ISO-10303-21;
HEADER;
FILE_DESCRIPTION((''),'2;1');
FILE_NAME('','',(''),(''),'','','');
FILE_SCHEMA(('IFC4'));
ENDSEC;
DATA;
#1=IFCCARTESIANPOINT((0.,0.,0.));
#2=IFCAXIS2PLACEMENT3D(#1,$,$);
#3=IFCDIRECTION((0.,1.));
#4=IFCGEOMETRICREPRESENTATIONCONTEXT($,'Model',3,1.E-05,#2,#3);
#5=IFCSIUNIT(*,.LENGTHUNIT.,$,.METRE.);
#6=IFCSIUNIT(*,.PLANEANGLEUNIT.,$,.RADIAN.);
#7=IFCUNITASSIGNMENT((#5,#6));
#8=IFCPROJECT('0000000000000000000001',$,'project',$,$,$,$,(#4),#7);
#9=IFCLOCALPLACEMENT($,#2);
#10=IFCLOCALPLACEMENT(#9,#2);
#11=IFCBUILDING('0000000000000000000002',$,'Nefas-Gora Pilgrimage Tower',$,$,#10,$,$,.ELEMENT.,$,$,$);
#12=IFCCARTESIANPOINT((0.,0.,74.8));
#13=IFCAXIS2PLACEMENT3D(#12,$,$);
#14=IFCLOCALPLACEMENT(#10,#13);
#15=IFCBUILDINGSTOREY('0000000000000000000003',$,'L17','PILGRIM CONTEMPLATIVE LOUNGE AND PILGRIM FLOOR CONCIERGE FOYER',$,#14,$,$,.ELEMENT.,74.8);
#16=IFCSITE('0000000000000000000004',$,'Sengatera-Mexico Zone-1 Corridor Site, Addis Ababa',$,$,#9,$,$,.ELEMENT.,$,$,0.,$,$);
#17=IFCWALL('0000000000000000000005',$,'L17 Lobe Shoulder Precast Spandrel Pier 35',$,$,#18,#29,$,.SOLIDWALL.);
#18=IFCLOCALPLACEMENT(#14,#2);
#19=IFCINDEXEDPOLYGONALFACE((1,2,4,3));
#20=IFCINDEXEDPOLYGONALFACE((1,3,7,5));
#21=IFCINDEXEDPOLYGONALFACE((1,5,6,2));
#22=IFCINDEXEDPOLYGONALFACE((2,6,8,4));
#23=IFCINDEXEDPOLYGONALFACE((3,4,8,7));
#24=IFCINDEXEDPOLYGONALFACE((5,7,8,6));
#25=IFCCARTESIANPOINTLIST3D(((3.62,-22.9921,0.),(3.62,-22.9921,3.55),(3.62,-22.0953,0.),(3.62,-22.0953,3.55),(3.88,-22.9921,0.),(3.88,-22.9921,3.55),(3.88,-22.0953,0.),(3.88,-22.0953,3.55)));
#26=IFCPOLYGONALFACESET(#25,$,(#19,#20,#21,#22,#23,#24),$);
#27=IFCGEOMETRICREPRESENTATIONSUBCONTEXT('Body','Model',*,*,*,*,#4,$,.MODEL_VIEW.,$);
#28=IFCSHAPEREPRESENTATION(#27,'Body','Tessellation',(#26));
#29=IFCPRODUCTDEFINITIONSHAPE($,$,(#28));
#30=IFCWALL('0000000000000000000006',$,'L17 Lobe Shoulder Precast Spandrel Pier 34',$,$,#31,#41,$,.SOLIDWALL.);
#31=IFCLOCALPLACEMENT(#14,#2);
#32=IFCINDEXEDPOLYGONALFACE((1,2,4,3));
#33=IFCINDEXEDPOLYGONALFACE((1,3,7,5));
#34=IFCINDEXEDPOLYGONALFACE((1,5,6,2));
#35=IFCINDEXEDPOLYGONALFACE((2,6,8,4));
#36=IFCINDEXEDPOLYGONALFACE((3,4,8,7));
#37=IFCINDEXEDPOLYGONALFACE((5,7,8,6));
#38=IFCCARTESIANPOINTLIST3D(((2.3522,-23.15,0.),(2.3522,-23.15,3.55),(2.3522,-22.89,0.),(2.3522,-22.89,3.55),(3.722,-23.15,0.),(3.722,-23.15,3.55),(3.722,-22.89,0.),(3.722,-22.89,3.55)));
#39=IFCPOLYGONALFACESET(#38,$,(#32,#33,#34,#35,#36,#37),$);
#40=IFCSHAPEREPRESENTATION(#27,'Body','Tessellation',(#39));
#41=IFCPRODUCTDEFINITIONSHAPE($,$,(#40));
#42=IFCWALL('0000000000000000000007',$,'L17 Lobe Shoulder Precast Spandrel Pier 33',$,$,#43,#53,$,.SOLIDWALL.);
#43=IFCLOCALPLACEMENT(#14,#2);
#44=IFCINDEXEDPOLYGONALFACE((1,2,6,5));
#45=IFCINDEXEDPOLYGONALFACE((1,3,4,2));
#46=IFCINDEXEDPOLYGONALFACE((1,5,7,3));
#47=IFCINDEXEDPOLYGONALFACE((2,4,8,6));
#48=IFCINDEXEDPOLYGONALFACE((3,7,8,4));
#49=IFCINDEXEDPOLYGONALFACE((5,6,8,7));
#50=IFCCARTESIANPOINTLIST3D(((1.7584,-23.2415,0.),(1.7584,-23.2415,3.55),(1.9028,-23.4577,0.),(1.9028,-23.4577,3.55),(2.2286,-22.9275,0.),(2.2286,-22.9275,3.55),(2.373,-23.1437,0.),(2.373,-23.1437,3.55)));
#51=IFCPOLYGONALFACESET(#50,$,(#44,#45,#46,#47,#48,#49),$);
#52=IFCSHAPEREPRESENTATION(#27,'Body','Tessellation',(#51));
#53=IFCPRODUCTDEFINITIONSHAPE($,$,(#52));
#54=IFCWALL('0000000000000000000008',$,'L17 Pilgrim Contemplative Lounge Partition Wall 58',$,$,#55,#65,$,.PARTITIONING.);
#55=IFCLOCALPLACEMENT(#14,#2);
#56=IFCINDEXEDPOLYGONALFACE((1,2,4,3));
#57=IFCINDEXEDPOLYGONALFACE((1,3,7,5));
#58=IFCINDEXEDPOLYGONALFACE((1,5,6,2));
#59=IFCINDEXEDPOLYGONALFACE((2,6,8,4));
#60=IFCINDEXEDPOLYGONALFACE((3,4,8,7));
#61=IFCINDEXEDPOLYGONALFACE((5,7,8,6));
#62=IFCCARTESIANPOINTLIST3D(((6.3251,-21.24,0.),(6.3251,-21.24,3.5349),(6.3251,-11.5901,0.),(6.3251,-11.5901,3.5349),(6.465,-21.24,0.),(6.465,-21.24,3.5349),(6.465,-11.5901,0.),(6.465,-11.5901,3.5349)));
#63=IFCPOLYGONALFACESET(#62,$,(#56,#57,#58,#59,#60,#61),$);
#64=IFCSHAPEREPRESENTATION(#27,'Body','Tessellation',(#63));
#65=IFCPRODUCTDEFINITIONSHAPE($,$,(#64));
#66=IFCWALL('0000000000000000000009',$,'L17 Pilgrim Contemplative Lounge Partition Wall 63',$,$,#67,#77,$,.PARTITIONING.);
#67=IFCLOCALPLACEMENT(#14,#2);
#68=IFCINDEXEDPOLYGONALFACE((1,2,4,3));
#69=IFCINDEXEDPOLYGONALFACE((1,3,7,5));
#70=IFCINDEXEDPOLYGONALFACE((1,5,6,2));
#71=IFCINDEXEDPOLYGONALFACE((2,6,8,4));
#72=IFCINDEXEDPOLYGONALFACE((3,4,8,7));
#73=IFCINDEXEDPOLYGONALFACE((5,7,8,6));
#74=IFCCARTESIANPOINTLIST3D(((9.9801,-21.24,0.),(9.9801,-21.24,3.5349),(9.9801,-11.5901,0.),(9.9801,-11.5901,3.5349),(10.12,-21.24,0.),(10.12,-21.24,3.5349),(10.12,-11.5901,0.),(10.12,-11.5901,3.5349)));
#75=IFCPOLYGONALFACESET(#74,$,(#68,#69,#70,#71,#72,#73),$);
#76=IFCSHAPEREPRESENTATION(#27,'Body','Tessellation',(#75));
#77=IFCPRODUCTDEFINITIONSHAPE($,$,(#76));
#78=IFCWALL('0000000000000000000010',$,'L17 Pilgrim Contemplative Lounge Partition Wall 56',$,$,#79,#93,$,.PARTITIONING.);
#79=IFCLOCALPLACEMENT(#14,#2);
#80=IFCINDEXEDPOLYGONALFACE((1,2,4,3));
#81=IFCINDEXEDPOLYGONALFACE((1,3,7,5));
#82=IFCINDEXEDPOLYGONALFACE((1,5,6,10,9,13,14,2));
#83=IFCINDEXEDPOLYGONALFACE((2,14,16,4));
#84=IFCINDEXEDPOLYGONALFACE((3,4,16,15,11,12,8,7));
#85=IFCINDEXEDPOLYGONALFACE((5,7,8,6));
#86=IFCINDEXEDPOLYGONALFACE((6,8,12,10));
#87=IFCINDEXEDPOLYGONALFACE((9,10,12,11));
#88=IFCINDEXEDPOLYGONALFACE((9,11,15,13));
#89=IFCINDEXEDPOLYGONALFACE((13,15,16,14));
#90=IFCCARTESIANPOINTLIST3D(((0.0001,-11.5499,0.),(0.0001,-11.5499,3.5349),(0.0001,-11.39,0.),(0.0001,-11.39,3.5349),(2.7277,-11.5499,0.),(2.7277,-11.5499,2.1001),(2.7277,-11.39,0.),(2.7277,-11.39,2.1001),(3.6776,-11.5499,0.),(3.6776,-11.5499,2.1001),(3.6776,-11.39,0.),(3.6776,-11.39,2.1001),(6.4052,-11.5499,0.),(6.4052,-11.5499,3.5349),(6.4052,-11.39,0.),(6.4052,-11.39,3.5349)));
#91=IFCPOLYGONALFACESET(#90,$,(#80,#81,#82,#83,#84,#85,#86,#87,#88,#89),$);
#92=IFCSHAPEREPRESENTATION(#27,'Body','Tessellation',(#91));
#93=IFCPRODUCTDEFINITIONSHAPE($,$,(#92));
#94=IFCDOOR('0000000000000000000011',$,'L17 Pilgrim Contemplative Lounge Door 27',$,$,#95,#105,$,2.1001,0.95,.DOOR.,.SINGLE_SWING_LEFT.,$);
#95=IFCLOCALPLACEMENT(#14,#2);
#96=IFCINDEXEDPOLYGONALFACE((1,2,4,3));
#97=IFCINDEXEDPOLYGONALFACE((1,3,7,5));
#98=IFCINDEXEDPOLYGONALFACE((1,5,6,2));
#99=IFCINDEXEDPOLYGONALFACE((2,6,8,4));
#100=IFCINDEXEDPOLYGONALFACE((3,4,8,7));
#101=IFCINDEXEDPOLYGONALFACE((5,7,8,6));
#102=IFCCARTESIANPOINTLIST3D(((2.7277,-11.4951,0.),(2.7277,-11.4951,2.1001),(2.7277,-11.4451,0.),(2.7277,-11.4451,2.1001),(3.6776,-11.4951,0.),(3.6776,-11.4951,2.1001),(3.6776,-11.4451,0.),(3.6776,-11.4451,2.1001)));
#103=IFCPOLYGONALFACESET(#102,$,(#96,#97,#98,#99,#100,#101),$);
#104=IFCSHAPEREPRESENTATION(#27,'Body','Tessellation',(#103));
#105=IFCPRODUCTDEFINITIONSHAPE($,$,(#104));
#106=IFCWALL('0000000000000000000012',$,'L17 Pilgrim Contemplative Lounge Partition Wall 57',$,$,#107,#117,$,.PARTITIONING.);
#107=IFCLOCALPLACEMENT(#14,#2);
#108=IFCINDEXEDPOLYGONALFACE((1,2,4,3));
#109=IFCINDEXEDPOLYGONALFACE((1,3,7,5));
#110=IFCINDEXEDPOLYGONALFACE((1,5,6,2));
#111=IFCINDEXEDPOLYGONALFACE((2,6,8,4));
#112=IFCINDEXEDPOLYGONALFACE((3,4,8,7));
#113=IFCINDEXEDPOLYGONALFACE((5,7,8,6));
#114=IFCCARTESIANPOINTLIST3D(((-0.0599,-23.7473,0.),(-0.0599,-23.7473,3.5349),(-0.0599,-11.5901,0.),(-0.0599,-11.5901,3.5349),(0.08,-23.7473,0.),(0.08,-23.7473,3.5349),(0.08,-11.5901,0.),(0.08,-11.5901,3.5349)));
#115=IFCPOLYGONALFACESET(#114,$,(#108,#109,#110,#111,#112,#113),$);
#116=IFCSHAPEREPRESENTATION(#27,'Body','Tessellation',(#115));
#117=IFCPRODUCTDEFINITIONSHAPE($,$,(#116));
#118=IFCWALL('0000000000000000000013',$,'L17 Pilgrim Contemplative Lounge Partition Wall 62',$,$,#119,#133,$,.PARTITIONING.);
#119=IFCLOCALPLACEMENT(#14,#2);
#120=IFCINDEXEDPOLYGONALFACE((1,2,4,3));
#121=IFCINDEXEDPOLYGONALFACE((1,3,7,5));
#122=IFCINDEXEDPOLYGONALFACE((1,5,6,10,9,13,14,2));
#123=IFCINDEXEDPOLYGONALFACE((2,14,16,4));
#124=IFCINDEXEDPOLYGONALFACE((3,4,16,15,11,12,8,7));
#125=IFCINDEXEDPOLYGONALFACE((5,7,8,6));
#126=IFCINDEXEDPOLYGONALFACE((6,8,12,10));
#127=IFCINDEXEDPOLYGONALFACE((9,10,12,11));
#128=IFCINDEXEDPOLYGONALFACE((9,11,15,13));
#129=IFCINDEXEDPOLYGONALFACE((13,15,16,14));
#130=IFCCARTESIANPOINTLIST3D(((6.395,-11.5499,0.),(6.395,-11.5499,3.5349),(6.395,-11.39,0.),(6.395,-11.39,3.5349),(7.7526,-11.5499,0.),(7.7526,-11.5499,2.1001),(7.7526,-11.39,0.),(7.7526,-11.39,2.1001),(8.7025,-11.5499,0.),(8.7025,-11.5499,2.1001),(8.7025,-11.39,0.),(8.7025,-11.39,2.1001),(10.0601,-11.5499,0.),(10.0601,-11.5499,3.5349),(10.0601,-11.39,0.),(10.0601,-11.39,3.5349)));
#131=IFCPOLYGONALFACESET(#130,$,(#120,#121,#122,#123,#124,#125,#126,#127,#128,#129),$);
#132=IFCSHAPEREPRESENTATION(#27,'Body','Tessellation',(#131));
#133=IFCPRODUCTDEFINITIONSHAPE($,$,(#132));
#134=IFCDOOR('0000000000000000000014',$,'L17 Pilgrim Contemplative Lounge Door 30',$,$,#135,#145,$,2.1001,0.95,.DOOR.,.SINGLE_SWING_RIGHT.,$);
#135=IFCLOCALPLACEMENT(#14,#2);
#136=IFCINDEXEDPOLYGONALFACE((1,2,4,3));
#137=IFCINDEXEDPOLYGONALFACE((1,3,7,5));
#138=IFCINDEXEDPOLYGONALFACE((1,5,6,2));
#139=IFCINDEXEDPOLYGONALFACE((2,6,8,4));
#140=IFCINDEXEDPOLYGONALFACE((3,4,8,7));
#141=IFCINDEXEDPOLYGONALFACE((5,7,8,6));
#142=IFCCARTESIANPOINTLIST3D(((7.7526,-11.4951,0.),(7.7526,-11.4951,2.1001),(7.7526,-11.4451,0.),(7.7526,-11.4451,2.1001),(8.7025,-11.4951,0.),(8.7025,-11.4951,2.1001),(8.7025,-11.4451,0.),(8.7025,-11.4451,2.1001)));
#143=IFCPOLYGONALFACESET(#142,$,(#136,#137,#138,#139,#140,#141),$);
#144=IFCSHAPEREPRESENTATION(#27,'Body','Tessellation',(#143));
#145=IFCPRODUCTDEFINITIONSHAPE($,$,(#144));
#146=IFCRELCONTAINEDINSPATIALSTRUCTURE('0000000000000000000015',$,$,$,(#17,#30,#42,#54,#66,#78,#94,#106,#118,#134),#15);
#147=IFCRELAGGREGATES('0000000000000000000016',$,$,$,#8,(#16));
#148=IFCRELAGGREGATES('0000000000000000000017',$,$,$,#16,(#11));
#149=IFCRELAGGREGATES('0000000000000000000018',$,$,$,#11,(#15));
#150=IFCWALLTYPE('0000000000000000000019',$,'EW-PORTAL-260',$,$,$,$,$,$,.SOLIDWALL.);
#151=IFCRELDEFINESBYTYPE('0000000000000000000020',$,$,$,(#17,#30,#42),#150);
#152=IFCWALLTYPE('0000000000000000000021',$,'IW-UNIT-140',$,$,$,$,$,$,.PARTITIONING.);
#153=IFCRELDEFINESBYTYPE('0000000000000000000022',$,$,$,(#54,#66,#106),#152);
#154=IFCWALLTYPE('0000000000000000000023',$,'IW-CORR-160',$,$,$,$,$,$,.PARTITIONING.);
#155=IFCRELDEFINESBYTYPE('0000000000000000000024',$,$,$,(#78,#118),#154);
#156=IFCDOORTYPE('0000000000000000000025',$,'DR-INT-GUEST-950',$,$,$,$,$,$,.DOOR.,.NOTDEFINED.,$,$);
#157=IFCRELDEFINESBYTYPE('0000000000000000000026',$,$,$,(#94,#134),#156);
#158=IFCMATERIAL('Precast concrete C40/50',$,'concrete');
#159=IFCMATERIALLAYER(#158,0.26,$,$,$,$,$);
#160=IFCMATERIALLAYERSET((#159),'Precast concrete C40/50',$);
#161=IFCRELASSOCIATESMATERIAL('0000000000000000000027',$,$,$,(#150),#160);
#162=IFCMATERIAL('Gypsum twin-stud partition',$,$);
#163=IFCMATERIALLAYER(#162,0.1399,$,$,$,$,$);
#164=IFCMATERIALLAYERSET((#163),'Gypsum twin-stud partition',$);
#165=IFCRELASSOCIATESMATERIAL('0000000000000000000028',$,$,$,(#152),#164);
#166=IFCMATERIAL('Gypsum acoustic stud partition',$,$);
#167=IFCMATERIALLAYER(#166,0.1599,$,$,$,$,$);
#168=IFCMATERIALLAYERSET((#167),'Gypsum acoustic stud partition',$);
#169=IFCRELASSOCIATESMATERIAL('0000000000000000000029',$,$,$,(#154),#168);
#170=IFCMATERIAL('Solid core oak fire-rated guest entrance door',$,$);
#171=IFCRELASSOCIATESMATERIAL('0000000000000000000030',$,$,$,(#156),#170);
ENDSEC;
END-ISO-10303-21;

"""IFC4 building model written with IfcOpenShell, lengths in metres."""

from ifc_helpers import new_model, si_unit, direction, frame, frame_2d, origin, place, context, subcontext, project, spatial, rectangle, extrude, source, transform, mapped, material, layer, layer_set, type_object, element, fill, save


model = new_model("IFC4")

# Units and contexts
model_context = context("Model", 3, precision=1e-05, world=origin(), true_north=direction((0.0, 1.0)))
body_context = subcontext(model_context, "Body", "Model", "MODEL_VIEW")
ifc_project = project(units=[si_unit("LENGTHUNIT", "METRE"), si_unit("PLANEANGLEUNIT", "RADIAN")], contexts=[model_context])

# Site, building, storey
site_placement = place(None, origin())
site = spatial("IfcSite", under=ifc_project, at=site_placement, Name="Sengatera-Mexico Zone-1 Corridor Site, Addis Ababa", CompositionType="ELEMENT", RefElevation=0.0)
building_placement = place(site_placement, origin())
building = spatial("IfcBuilding", under=site, at=building_placement, Name="Nefas-Gora Pilgrimage Tower", CompositionType="ELEMENT")
storey_placement = place(building_placement, frame((0.0, 0.0, 74.8)))
storey = spatial("IfcBuildingStorey", under=building, at=storey_placement, Name="L17", Description="PILGRIM CONTEMPLATIVE LOUNGE AND PILGRIM FLOOR CONCIERGE FOYER", CompositionType="ELEMENT", Elevation=74.8)

# Walls
ifc_material_1 = material(Name="Precast concrete C40/50", Category="concrete")
ifc_layer_1 = layer(ifc_material_1, 0.26)
ifc_layer_set_1 = layer_set([ifc_layer_1], Name="Precast concrete C40/50")
wall_type_1 = type_object("IfcWallType", Name="EW-PORTAL-260", PredefinedType="SOLIDWALL", material=ifc_layer_set_1)
shared_shape_1 = source(origin(), body_context, "Body", "SweptSolid", [
    extrude(rectangle(XDim=0.8967, YDim=0.26, at=frame_2d((0.4482, 0.0))), origin(), (0.0, 0.0, 1.0), 3.55),
])
wall_1_placement = place(storey_placement, frame((3.75, -22.9919, 0.0), z_axis=(0.0, 0.0, 1.0), x_axis=(0.0, 1.0, 0.0)))
element("IfcWall", 1, at=wall_1_placement, inside=storey, type_object=wall_type_1, Name="L17 Lobe Shoulder Precast Spandrel Pier 35", PredefinedType="SOLIDWALL", context=body_context, shape_type="MappedRepresentation", body=[
    mapped(shared_shape_1, transform((0.0, 0.0, 0.0), x_axis=(1.0, 0.0, 0.0), y_axis=(0.0, 1.0, 0.0), z_axis=(0.0, 0.0, 1.0), scale=1.0)),
])
shared_shape_2 = source(origin(), body_context, "Body", "SweptSolid", [
    extrude(rectangle(XDim=1.3699, YDim=0.26, at=frame_2d((0.6851, 0.0))), origin(), (0.0, 0.0, 1.0), 3.55),
])
wall_2_placement = place(storey_placement, frame((2.3521, -23.02, 0.0), z_axis=(0.0, 0.0, 1.0), x_axis=(1.0, 0.0, 0.0)))
element("IfcWall", 2, at=wall_2_placement, inside=storey, type_object=wall_type_1, Name="L17 Lobe Shoulder Precast Spandrel Pier 34", PredefinedType="SOLIDWALL", context=body_context, shape_type="MappedRepresentation", body=[
    mapped(shared_shape_2, transform((0.0, 0.0, 0.0), x_axis=(1.0, 0.0, 0.0), y_axis=(0.0, 1.0, 0.0), z_axis=(0.0, 0.0, 1.0), scale=1.0)),
])
shared_shape_3 = source(origin(), body_context, "Body", "SweptSolid", [
    extrude(rectangle(XDim=0.5654, YDim=0.26, at=frame_2d((0.2827, 0.0))), origin(), (0.0, 0.0, 1.0), 3.55),
])
wall_3_placement = place(storey_placement, frame((1.8306, -23.3496, 0.0), z_axis=(0.0, 0.0, 1.0), x_axis=(0.831651, 0.555298, 0.0)))
element("IfcWall", 3, at=wall_3_placement, inside=storey, type_object=wall_type_1, Name="L17 Lobe Shoulder Precast Spandrel Pier 33", PredefinedType="SOLIDWALL", context=body_context, shape_type="MappedRepresentation", body=[
    mapped(shared_shape_3, transform((0.0, 0.0, 0.0), x_axis=(1.0, 0.0, 0.0), y_axis=(0.0, 1.0, 0.0), z_axis=(0.0, 0.0, 1.0), scale=1.0)),
])
ifc_material_2 = material(Name="Gypsum twin-stud partition")
ifc_layer_2 = layer(ifc_material_2, 0.1399)
ifc_layer_set_2 = layer_set([ifc_layer_2], Name="Gypsum twin-stud partition")
wall_type_2 = type_object("IfcWallType", Name="IW-UNIT-140", PredefinedType="PARTITIONING", material=ifc_layer_set_2)
shared_shape_4 = source(origin(), body_context, "Body", "SweptSolid", [
    extrude(rectangle(XDim=9.6499, YDim=0.1399, at=frame_2d((4.825, 0.0))), origin(), (0.0, 0.0, 1.0), 3.5349),
])
for number, where, z_axis, x_axis, name in (
    (4, (6.395, -21.24, 0.0), (0.0, 0.0, 1.0), (0.0, 1.0, 0.0), "L17 Pilgrim Contemplative Lounge Partition Wall 58"),
    (5, (10.05, -21.24, 0.0), (0.0, 0.0, 1.0), (0.0, 1.0, 0.0), "L17 Pilgrim Contemplative Lounge Partition Wall 63"),
):
    element("IfcWall", number, at=place(storey_placement, frame(where, z_axis=z_axis, x_axis=x_axis)), inside=storey, type_object=wall_type_2, Name=name, PredefinedType="PARTITIONING", context=body_context, shape_type="MappedRepresentation", body=[
        mapped(shared_shape_4, transform((0.0, 0.0, 0.0), x_axis=(1.0, 0.0, 0.0), y_axis=(0.0, 1.0, 0.0), z_axis=(0.0, 0.0, 1.0), scale=1.0)),
    ])

# Wall, opening, door
ifc_material_3 = material(Name="Gypsum acoustic stud partition")
ifc_layer_3 = layer(ifc_material_3, 0.1599)
ifc_layer_set_3 = layer_set([ifc_layer_3], Name="Gypsum acoustic stud partition")
wall_type_3 = type_object("IfcWallType", Name="IW-CORR-160", PredefinedType="PARTITIONING", material=ifc_layer_set_3)
shared_shape_5 = source(origin(), body_context, "Body", "SweptSolid", [
    extrude(rectangle(XDim=6.405, YDim=0.1599, at=frame_2d((3.2026, 0.0))), origin(), (0.0, 0.0, 1.0), 3.5349),
])
wall_4_placement = place(storey_placement, frame((0.0, -11.47, 0.0), z_axis=(0.0, 0.0, 1.0), x_axis=(1.0, 0.0, 0.0)))
wall_4 = element("IfcWall", 6, at=wall_4_placement, inside=storey, type_object=wall_type_3, Name="L17 Pilgrim Contemplative Lounge Partition Wall 56", PredefinedType="PARTITIONING", context=body_context, shape_type="MappedRepresentation", body=[
    mapped(shared_shape_5, transform((0.0, 0.0, 0.0), x_axis=(1.0, 0.0, 0.0), y_axis=(0.0, 1.0, 0.0), z_axis=(0.0, 0.0, 1.0), scale=1.0)),
])
opening_1_placement = place(wall_4_placement, frame((2.7275, 0.0, 0.0)))
opening_1 = element("IfcOpeningElement", 7, at=opening_1_placement, cuts=wall_4, PredefinedType="OPENING", context=body_context, shape_type="SweptSolid", body=[
    extrude(rectangle(XDim=0.95, YDim=2.1001, at=frame_2d((0.4751, 1.05))), frame((0.0, 0.0898, 0.0), z_axis=(0.0, -1.0, 0.0), x_axis=(1.0, 0.0, 0.0)), (0.0, 0.0, 1.0), 0.1799),
])
ifc_material_4 = material(Name="Solid core oak fire-rated guest entrance door")
door_type = type_object("IfcDoorType", Name="DR-INT-GUEST-950", OperationType="NOTDEFINED", PredefinedType="DOOR", material=ifc_material_4)
shared_shape_6 = source(origin(), body_context, "Body", "SweptSolid", [
    extrude(rectangle(XDim=0.95, YDim=2.1001, at=frame_2d((0.4751, 1.05))), frame((0.0, 0.0249, 0.0), z_axis=(0.0, -1.0, 0.0), x_axis=(1.0, 0.0, 0.0)), (0.0, 0.0, 1.0), 0.05),
])
door_1_placement = place(opening_1_placement, origin())
door_1 = element("IfcDoor", 8, at=door_1_placement, inside=storey, type_object=door_type, Name="L17 Pilgrim Contemplative Lounge Door 27", OperationType="SINGLE_SWING_LEFT", OverallHeight=2.1001, OverallWidth=0.95, PredefinedType="DOOR", context=body_context, shape_type="MappedRepresentation", body=[
    mapped(shared_shape_6, transform((0.0, 0.0, 0.0), x_axis=(1.0, 0.0, 0.0), y_axis=(0.0, 1.0, 0.0), z_axis=(0.0, 0.0, 1.0), scale=1.0)),
])
fill(opening_1, door_1)

# Wall
shared_shape_7 = source(origin(), body_context, "Body", "SweptSolid", [
    extrude(rectangle(XDim=12.1572, YDim=0.1399, at=frame_2d((6.0786, 0.0))), origin(), (0.0, 0.0, 1.0), 3.5349),
])
wall_5_placement = place(storey_placement, frame((0.01, -23.7473, 0.0), z_axis=(0.0, 0.0, 1.0), x_axis=(0.0, 1.0, 0.0)))
element("IfcWall", 9, at=wall_5_placement, inside=storey, type_object=wall_type_2, Name="L17 Pilgrim Contemplative Lounge Partition Wall 57", PredefinedType="PARTITIONING", context=body_context, shape_type="MappedRepresentation", body=[
    mapped(shared_shape_7, transform((0.0, 0.0, 0.0), x_axis=(1.0, 0.0, 0.0), y_axis=(0.0, 1.0, 0.0), z_axis=(0.0, 0.0, 1.0), scale=1.0)),
])

# Wall, opening, door
shared_shape_8 = source(origin(), body_context, "Body", "SweptSolid", [
    extrude(rectangle(XDim=3.665, YDim=0.1599, at=frame_2d((1.8325, 0.0))), origin(), (0.0, 0.0, 1.0), 3.5349),
])
wall_6_placement = place(storey_placement, frame((6.395, -11.47, 0.0), z_axis=(0.0, 0.0, 1.0), x_axis=(1.0, 0.0, 0.0)))
wall_6 = element("IfcWall", 10, at=wall_6_placement, inside=storey, type_object=wall_type_3, Name="L17 Pilgrim Contemplative Lounge Partition Wall 62", PredefinedType="PARTITIONING", context=body_context, shape_type="MappedRepresentation", body=[
    mapped(shared_shape_8, transform((0.0, 0.0, 0.0), x_axis=(1.0, 0.0, 0.0), y_axis=(0.0, 1.0, 0.0), z_axis=(0.0, 0.0, 1.0), scale=1.0)),
])
opening_2_placement = place(wall_6_placement, frame((1.3574, 0.0, 0.0)))
opening_2 = element("IfcOpeningElement", 11, at=opening_2_placement, cuts=wall_6, PredefinedType="OPENING", context=body_context, shape_type="SweptSolid", body=[
    extrude(rectangle(XDim=0.95, YDim=2.1001, at=frame_2d((0.4751, 1.05))), frame((0.0, 0.0898, 0.0), z_axis=(0.0, -1.0, 0.0), x_axis=(1.0, 0.0, 0.0)), (0.0, 0.0, 1.0), 0.1799),
])
door_2_placement = place(opening_2_placement, origin())
door_2 = element("IfcDoor", 12, at=door_2_placement, inside=storey, type_object=door_type, Name="L17 Pilgrim Contemplative Lounge Door 30", OperationType="SINGLE_SWING_RIGHT", OverallHeight=2.1001, OverallWidth=0.95, PredefinedType="DOOR", context=body_context, shape_type="MappedRepresentation", body=[
    mapped(shared_shape_6, transform((0.0, 0.0, 0.0), x_axis=(1.0, 0.0, 0.0), y_axis=(0.0, 1.0, 0.0), z_axis=(0.0, 0.0, 1.0), scale=1.0)),
])
fill(opening_2, door_2)

save(model, "model.ifc")
